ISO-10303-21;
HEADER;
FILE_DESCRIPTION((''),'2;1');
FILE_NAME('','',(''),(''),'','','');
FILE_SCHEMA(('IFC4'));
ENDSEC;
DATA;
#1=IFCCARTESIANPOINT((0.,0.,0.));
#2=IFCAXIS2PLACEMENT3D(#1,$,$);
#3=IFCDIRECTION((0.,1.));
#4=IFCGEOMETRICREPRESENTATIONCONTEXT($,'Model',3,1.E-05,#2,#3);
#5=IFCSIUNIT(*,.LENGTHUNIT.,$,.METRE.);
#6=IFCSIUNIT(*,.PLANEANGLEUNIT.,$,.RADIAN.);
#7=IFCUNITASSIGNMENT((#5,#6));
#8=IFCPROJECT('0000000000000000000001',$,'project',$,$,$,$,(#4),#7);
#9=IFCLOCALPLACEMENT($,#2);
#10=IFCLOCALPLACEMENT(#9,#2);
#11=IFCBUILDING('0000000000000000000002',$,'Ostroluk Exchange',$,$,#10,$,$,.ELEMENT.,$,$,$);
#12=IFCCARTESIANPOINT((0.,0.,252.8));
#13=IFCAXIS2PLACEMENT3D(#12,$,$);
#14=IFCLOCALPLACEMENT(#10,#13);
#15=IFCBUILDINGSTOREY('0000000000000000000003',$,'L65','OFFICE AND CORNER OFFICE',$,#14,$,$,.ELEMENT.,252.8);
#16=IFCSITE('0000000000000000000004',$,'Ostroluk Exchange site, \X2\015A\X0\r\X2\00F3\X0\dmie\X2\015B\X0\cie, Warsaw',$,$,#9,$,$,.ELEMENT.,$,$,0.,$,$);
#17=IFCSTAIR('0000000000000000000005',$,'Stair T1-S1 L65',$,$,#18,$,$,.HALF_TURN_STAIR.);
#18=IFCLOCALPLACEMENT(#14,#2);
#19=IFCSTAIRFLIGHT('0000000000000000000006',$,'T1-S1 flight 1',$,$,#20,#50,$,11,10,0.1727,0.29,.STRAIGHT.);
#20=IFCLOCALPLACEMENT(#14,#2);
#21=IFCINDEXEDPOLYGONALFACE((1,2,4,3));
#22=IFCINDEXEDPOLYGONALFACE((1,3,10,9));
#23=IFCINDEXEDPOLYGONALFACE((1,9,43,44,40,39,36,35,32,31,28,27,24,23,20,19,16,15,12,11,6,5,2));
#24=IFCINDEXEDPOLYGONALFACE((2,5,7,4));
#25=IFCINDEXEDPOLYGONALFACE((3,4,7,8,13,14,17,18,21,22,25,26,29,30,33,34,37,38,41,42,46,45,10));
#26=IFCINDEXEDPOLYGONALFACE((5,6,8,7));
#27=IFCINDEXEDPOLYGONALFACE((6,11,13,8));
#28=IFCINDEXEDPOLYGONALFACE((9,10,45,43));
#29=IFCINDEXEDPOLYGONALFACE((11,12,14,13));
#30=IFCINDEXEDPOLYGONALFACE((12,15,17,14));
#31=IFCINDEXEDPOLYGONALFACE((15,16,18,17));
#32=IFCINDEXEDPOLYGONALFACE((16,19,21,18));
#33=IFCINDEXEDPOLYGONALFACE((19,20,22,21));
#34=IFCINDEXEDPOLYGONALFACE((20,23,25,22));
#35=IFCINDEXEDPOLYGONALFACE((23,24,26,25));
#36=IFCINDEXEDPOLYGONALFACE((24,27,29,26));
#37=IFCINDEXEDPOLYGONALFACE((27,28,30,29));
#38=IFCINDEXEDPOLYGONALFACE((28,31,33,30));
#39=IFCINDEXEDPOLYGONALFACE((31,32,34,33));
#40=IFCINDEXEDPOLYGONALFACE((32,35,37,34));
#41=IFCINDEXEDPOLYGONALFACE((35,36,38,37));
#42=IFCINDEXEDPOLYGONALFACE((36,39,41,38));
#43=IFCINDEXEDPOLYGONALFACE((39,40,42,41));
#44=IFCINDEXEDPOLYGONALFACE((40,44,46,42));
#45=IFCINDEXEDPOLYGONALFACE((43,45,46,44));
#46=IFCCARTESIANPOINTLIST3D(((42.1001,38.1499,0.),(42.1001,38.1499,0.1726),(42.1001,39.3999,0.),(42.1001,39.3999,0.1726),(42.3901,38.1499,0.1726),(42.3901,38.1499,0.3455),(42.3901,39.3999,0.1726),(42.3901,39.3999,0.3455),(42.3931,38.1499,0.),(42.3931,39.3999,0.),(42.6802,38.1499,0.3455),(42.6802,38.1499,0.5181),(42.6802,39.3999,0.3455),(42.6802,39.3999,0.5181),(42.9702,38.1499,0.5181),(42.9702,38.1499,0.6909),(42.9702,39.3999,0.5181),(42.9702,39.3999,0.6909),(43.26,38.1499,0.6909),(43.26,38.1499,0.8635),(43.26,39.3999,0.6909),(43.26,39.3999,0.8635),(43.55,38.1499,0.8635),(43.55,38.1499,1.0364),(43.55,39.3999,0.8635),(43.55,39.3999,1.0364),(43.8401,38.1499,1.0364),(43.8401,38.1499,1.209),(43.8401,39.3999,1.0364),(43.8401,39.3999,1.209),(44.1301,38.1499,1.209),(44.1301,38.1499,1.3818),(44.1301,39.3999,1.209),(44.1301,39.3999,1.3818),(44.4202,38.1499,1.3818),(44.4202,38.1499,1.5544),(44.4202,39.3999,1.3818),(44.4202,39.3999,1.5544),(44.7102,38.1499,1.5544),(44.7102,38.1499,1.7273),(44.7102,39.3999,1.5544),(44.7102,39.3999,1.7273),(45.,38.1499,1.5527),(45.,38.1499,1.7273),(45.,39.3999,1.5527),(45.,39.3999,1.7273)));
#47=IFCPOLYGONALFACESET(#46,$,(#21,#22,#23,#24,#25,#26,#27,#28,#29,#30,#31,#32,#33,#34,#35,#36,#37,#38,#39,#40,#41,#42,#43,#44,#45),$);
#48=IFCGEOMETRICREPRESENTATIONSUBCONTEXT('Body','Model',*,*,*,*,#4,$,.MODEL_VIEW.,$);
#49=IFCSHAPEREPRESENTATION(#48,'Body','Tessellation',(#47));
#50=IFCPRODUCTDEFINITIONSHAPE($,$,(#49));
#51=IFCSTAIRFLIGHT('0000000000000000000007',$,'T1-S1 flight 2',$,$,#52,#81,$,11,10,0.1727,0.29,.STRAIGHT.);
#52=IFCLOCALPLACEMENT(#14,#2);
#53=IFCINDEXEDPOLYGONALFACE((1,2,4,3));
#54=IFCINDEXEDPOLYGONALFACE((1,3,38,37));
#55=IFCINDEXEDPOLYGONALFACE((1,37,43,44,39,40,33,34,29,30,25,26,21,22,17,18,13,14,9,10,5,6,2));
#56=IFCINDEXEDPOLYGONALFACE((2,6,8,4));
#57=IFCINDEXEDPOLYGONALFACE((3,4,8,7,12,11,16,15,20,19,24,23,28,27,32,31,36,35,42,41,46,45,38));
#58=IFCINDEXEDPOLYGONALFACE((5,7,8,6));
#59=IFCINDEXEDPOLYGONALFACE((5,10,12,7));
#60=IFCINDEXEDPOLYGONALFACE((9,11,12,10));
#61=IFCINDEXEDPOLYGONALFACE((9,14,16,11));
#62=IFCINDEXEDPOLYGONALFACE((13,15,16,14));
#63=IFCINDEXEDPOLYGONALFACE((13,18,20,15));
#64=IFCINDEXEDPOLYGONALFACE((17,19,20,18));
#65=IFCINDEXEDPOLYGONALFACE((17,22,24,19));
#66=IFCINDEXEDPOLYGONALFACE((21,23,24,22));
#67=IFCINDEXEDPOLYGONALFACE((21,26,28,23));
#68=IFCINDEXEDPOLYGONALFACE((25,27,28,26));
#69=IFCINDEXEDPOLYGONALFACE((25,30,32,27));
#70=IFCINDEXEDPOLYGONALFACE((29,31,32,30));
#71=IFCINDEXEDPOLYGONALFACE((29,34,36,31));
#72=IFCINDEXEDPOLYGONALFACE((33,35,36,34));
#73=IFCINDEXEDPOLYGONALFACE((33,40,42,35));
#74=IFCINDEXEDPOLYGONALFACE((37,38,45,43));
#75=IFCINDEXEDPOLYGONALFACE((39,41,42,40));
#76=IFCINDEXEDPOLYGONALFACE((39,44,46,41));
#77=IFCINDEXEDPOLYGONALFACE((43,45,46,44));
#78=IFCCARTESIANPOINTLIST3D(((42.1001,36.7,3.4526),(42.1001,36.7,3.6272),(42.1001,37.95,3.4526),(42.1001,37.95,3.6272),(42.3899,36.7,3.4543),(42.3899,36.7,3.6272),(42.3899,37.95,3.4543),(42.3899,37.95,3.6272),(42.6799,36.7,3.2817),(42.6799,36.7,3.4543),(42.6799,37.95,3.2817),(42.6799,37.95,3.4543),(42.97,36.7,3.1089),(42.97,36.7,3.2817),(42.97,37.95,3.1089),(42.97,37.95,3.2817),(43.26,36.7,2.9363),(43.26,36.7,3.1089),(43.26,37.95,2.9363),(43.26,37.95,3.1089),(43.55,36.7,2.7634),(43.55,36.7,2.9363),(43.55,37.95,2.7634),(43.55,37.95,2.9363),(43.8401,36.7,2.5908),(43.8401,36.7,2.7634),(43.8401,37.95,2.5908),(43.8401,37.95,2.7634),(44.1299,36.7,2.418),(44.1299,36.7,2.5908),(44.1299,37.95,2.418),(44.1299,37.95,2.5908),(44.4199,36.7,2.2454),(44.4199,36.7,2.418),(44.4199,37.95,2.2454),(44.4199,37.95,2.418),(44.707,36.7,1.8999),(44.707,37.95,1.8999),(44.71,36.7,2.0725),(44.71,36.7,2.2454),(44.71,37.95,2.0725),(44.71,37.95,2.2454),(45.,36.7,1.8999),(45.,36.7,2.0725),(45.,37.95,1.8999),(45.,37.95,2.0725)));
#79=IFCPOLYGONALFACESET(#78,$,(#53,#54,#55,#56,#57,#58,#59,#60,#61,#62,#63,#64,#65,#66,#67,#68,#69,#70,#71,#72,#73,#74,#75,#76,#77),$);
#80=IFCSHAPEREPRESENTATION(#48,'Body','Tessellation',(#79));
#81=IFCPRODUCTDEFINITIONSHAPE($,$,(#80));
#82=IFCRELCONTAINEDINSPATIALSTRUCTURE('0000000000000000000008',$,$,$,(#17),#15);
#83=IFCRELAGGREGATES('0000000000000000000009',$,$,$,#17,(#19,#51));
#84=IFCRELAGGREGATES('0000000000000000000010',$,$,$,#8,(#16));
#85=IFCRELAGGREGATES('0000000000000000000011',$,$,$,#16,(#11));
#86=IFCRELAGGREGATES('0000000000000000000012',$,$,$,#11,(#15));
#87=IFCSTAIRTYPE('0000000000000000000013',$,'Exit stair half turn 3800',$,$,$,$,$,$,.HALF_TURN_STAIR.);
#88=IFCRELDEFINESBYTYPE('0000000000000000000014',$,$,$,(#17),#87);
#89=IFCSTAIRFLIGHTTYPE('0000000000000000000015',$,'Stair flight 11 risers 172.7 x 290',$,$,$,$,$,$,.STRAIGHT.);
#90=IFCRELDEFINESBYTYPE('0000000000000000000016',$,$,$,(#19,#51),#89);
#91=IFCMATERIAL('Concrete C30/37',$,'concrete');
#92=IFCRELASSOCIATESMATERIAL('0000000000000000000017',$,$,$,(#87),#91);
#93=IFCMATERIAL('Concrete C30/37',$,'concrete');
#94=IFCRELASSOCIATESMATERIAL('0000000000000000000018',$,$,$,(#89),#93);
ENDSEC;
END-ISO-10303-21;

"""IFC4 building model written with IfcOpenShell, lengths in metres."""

from ifc_helpers import new_model, si_unit, direction, frame, origin, place, context, subcontext, project, spatial, polyline, outline, extrude, material, type_object, element, aggregate, save


model = new_model("IFC4")

# Units and contexts
model_context = context("Model", 3, precision=1e-05, world=origin(), true_north=direction((0.0, 1.0)))
body_context = subcontext(model_context, "Body", "Model", "MODEL_VIEW")
ifc_project = project(units=[si_unit("LENGTHUNIT", "METRE"), si_unit("PLANEANGLEUNIT", "RADIAN")], contexts=[model_context])

# Site, building, storey
site_placement = place(None, origin())
site = spatial("IfcSite", under=ifc_project, at=site_placement, Name="Ostroluk Exchange site, Śródmieście, Warsaw", CompositionType="ELEMENT", RefElevation=0.0)
building_placement = place(site_placement, origin())
building = spatial("IfcBuilding", under=site, at=building_placement, Name="Ostroluk Exchange", CompositionType="ELEMENT")
storey_placement = place(building_placement, frame((0.0, 0.0, 252.8)))
storey = spatial("IfcBuildingStorey", under=building, at=storey_placement, Name="L65", Description="OFFICE AND CORNER OFFICE", CompositionType="ELEMENT", Elevation=252.8)

# Stair, stair flights
ifc_material_1 = material(Name="Concrete C30/37", Category="concrete")
stair_type = type_object("IfcStairType", Name="Exit stair half turn 3800", PredefinedType="HALF_TURN_STAIR", material=ifc_material_1)
stair_placement = place(storey_placement, origin())
stair = element("IfcStair", 1, at=stair_placement, inside=storey, type_object=stair_type, Name="Stair T1-S1 L65", PredefinedType="HALF_TURN_STAIR")
ifc_material_2 = material(Name="Concrete C30/37", Category="concrete")
stair_flight_type = type_object("IfcStairFlightType", Name="Stair flight 11 risers 172.7 x 290", PredefinedType="STRAIGHT", material=ifc_material_2)
stair_flight_1_placement = place(storey_placement, frame((42.1001, 38.7749, 0.0), z_axis=(0.0, 0.0, 1.0), x_axis=(1.0, 0.0, 0.0)))
stair_flight_1 = element("IfcStairFlight", 2, at=stair_flight_1_placement, type_object=stair_flight_type, Name="T1-S1 flight 1", NumberOfRisers=11, NumberOfTreads=10, PredefinedType="STRAIGHT", RiserHeight=0.1727, TreadLength=0.29, context=body_context, shape_type="SweptSolid", body=[
    extrude(outline(polyline([(0.0, 0.0), (0.0, 0.1726), (0.29, 0.1726), (0.29, 0.3455), (0.5801, 0.3455), (0.5801, 0.5181), (0.8701, 0.5181), (0.8701, 0.6909), (1.1599, 0.6909), (1.1599, 0.8635), (1.45, 0.8635), (1.45, 1.0364), (1.74, 1.0364), (1.74, 1.209), (2.03, 1.209), (2.03, 1.3818), (2.3201, 1.3818), (2.3201, 1.5544), (2.6101, 1.5544), (2.6101, 1.7273), (2.8999, 1.7273), (2.8999, 1.8999), (2.8999, 1.5527), (0.293, 0.0), (0.0, 0.0)])), frame((0.0, 0.625, 0.0), z_axis=(0.0, -1.0, 0.0), x_axis=(1.0, 0.0, 0.0)), (0.0, 0.0, 1.0), 1.25),
])
stair_flight_2_placement = place(storey_placement, frame((45.0, 37.325, 1.8999), z_axis=(0.0, 0.0, 1.0), x_axis=(-1.0, 0.0, 0.0)))
stair_flight_2 = element("IfcStairFlight", 3, at=stair_flight_2_placement, type_object=stair_flight_type, Name="T1-S1 flight 2", NumberOfRisers=11, NumberOfTreads=10, PredefinedType="STRAIGHT", RiserHeight=0.1727, TreadLength=0.29, context=body_context, shape_type="SweptSolid", body=[
    extrude(outline(polyline([(0.0, 0.0), (0.0, 0.1726), (0.29, 0.1726), (0.29, 0.3455), (0.5801, 0.3455), (0.5801, 0.5181), (0.8701, 0.5181), (0.8701, 0.6909), (1.1599, 0.6909), (1.1599, 0.8635), (1.45, 0.8635), (1.45, 1.0364), (1.74, 1.0364), (1.74, 1.209), (2.03, 1.209), (2.03, 1.3818), (2.3201, 1.3818), (2.3201, 1.5544), (2.6101, 1.5544), (2.6101, 1.7273), (2.8999, 1.7273), (2.8999, 1.8999), (2.8999, 1.5527), (0.293, 0.0), (0.0, 0.0)])), frame((0.0, 0.625, 0.0), z_axis=(0.0, -1.0, 0.0), x_axis=(1.0, 0.0, 0.0)), (0.0, 0.0, 1.0), 1.25),
])
aggregate(stair, [stair_flight_1, stair_flight_2])

save(model, "model.ifc")
